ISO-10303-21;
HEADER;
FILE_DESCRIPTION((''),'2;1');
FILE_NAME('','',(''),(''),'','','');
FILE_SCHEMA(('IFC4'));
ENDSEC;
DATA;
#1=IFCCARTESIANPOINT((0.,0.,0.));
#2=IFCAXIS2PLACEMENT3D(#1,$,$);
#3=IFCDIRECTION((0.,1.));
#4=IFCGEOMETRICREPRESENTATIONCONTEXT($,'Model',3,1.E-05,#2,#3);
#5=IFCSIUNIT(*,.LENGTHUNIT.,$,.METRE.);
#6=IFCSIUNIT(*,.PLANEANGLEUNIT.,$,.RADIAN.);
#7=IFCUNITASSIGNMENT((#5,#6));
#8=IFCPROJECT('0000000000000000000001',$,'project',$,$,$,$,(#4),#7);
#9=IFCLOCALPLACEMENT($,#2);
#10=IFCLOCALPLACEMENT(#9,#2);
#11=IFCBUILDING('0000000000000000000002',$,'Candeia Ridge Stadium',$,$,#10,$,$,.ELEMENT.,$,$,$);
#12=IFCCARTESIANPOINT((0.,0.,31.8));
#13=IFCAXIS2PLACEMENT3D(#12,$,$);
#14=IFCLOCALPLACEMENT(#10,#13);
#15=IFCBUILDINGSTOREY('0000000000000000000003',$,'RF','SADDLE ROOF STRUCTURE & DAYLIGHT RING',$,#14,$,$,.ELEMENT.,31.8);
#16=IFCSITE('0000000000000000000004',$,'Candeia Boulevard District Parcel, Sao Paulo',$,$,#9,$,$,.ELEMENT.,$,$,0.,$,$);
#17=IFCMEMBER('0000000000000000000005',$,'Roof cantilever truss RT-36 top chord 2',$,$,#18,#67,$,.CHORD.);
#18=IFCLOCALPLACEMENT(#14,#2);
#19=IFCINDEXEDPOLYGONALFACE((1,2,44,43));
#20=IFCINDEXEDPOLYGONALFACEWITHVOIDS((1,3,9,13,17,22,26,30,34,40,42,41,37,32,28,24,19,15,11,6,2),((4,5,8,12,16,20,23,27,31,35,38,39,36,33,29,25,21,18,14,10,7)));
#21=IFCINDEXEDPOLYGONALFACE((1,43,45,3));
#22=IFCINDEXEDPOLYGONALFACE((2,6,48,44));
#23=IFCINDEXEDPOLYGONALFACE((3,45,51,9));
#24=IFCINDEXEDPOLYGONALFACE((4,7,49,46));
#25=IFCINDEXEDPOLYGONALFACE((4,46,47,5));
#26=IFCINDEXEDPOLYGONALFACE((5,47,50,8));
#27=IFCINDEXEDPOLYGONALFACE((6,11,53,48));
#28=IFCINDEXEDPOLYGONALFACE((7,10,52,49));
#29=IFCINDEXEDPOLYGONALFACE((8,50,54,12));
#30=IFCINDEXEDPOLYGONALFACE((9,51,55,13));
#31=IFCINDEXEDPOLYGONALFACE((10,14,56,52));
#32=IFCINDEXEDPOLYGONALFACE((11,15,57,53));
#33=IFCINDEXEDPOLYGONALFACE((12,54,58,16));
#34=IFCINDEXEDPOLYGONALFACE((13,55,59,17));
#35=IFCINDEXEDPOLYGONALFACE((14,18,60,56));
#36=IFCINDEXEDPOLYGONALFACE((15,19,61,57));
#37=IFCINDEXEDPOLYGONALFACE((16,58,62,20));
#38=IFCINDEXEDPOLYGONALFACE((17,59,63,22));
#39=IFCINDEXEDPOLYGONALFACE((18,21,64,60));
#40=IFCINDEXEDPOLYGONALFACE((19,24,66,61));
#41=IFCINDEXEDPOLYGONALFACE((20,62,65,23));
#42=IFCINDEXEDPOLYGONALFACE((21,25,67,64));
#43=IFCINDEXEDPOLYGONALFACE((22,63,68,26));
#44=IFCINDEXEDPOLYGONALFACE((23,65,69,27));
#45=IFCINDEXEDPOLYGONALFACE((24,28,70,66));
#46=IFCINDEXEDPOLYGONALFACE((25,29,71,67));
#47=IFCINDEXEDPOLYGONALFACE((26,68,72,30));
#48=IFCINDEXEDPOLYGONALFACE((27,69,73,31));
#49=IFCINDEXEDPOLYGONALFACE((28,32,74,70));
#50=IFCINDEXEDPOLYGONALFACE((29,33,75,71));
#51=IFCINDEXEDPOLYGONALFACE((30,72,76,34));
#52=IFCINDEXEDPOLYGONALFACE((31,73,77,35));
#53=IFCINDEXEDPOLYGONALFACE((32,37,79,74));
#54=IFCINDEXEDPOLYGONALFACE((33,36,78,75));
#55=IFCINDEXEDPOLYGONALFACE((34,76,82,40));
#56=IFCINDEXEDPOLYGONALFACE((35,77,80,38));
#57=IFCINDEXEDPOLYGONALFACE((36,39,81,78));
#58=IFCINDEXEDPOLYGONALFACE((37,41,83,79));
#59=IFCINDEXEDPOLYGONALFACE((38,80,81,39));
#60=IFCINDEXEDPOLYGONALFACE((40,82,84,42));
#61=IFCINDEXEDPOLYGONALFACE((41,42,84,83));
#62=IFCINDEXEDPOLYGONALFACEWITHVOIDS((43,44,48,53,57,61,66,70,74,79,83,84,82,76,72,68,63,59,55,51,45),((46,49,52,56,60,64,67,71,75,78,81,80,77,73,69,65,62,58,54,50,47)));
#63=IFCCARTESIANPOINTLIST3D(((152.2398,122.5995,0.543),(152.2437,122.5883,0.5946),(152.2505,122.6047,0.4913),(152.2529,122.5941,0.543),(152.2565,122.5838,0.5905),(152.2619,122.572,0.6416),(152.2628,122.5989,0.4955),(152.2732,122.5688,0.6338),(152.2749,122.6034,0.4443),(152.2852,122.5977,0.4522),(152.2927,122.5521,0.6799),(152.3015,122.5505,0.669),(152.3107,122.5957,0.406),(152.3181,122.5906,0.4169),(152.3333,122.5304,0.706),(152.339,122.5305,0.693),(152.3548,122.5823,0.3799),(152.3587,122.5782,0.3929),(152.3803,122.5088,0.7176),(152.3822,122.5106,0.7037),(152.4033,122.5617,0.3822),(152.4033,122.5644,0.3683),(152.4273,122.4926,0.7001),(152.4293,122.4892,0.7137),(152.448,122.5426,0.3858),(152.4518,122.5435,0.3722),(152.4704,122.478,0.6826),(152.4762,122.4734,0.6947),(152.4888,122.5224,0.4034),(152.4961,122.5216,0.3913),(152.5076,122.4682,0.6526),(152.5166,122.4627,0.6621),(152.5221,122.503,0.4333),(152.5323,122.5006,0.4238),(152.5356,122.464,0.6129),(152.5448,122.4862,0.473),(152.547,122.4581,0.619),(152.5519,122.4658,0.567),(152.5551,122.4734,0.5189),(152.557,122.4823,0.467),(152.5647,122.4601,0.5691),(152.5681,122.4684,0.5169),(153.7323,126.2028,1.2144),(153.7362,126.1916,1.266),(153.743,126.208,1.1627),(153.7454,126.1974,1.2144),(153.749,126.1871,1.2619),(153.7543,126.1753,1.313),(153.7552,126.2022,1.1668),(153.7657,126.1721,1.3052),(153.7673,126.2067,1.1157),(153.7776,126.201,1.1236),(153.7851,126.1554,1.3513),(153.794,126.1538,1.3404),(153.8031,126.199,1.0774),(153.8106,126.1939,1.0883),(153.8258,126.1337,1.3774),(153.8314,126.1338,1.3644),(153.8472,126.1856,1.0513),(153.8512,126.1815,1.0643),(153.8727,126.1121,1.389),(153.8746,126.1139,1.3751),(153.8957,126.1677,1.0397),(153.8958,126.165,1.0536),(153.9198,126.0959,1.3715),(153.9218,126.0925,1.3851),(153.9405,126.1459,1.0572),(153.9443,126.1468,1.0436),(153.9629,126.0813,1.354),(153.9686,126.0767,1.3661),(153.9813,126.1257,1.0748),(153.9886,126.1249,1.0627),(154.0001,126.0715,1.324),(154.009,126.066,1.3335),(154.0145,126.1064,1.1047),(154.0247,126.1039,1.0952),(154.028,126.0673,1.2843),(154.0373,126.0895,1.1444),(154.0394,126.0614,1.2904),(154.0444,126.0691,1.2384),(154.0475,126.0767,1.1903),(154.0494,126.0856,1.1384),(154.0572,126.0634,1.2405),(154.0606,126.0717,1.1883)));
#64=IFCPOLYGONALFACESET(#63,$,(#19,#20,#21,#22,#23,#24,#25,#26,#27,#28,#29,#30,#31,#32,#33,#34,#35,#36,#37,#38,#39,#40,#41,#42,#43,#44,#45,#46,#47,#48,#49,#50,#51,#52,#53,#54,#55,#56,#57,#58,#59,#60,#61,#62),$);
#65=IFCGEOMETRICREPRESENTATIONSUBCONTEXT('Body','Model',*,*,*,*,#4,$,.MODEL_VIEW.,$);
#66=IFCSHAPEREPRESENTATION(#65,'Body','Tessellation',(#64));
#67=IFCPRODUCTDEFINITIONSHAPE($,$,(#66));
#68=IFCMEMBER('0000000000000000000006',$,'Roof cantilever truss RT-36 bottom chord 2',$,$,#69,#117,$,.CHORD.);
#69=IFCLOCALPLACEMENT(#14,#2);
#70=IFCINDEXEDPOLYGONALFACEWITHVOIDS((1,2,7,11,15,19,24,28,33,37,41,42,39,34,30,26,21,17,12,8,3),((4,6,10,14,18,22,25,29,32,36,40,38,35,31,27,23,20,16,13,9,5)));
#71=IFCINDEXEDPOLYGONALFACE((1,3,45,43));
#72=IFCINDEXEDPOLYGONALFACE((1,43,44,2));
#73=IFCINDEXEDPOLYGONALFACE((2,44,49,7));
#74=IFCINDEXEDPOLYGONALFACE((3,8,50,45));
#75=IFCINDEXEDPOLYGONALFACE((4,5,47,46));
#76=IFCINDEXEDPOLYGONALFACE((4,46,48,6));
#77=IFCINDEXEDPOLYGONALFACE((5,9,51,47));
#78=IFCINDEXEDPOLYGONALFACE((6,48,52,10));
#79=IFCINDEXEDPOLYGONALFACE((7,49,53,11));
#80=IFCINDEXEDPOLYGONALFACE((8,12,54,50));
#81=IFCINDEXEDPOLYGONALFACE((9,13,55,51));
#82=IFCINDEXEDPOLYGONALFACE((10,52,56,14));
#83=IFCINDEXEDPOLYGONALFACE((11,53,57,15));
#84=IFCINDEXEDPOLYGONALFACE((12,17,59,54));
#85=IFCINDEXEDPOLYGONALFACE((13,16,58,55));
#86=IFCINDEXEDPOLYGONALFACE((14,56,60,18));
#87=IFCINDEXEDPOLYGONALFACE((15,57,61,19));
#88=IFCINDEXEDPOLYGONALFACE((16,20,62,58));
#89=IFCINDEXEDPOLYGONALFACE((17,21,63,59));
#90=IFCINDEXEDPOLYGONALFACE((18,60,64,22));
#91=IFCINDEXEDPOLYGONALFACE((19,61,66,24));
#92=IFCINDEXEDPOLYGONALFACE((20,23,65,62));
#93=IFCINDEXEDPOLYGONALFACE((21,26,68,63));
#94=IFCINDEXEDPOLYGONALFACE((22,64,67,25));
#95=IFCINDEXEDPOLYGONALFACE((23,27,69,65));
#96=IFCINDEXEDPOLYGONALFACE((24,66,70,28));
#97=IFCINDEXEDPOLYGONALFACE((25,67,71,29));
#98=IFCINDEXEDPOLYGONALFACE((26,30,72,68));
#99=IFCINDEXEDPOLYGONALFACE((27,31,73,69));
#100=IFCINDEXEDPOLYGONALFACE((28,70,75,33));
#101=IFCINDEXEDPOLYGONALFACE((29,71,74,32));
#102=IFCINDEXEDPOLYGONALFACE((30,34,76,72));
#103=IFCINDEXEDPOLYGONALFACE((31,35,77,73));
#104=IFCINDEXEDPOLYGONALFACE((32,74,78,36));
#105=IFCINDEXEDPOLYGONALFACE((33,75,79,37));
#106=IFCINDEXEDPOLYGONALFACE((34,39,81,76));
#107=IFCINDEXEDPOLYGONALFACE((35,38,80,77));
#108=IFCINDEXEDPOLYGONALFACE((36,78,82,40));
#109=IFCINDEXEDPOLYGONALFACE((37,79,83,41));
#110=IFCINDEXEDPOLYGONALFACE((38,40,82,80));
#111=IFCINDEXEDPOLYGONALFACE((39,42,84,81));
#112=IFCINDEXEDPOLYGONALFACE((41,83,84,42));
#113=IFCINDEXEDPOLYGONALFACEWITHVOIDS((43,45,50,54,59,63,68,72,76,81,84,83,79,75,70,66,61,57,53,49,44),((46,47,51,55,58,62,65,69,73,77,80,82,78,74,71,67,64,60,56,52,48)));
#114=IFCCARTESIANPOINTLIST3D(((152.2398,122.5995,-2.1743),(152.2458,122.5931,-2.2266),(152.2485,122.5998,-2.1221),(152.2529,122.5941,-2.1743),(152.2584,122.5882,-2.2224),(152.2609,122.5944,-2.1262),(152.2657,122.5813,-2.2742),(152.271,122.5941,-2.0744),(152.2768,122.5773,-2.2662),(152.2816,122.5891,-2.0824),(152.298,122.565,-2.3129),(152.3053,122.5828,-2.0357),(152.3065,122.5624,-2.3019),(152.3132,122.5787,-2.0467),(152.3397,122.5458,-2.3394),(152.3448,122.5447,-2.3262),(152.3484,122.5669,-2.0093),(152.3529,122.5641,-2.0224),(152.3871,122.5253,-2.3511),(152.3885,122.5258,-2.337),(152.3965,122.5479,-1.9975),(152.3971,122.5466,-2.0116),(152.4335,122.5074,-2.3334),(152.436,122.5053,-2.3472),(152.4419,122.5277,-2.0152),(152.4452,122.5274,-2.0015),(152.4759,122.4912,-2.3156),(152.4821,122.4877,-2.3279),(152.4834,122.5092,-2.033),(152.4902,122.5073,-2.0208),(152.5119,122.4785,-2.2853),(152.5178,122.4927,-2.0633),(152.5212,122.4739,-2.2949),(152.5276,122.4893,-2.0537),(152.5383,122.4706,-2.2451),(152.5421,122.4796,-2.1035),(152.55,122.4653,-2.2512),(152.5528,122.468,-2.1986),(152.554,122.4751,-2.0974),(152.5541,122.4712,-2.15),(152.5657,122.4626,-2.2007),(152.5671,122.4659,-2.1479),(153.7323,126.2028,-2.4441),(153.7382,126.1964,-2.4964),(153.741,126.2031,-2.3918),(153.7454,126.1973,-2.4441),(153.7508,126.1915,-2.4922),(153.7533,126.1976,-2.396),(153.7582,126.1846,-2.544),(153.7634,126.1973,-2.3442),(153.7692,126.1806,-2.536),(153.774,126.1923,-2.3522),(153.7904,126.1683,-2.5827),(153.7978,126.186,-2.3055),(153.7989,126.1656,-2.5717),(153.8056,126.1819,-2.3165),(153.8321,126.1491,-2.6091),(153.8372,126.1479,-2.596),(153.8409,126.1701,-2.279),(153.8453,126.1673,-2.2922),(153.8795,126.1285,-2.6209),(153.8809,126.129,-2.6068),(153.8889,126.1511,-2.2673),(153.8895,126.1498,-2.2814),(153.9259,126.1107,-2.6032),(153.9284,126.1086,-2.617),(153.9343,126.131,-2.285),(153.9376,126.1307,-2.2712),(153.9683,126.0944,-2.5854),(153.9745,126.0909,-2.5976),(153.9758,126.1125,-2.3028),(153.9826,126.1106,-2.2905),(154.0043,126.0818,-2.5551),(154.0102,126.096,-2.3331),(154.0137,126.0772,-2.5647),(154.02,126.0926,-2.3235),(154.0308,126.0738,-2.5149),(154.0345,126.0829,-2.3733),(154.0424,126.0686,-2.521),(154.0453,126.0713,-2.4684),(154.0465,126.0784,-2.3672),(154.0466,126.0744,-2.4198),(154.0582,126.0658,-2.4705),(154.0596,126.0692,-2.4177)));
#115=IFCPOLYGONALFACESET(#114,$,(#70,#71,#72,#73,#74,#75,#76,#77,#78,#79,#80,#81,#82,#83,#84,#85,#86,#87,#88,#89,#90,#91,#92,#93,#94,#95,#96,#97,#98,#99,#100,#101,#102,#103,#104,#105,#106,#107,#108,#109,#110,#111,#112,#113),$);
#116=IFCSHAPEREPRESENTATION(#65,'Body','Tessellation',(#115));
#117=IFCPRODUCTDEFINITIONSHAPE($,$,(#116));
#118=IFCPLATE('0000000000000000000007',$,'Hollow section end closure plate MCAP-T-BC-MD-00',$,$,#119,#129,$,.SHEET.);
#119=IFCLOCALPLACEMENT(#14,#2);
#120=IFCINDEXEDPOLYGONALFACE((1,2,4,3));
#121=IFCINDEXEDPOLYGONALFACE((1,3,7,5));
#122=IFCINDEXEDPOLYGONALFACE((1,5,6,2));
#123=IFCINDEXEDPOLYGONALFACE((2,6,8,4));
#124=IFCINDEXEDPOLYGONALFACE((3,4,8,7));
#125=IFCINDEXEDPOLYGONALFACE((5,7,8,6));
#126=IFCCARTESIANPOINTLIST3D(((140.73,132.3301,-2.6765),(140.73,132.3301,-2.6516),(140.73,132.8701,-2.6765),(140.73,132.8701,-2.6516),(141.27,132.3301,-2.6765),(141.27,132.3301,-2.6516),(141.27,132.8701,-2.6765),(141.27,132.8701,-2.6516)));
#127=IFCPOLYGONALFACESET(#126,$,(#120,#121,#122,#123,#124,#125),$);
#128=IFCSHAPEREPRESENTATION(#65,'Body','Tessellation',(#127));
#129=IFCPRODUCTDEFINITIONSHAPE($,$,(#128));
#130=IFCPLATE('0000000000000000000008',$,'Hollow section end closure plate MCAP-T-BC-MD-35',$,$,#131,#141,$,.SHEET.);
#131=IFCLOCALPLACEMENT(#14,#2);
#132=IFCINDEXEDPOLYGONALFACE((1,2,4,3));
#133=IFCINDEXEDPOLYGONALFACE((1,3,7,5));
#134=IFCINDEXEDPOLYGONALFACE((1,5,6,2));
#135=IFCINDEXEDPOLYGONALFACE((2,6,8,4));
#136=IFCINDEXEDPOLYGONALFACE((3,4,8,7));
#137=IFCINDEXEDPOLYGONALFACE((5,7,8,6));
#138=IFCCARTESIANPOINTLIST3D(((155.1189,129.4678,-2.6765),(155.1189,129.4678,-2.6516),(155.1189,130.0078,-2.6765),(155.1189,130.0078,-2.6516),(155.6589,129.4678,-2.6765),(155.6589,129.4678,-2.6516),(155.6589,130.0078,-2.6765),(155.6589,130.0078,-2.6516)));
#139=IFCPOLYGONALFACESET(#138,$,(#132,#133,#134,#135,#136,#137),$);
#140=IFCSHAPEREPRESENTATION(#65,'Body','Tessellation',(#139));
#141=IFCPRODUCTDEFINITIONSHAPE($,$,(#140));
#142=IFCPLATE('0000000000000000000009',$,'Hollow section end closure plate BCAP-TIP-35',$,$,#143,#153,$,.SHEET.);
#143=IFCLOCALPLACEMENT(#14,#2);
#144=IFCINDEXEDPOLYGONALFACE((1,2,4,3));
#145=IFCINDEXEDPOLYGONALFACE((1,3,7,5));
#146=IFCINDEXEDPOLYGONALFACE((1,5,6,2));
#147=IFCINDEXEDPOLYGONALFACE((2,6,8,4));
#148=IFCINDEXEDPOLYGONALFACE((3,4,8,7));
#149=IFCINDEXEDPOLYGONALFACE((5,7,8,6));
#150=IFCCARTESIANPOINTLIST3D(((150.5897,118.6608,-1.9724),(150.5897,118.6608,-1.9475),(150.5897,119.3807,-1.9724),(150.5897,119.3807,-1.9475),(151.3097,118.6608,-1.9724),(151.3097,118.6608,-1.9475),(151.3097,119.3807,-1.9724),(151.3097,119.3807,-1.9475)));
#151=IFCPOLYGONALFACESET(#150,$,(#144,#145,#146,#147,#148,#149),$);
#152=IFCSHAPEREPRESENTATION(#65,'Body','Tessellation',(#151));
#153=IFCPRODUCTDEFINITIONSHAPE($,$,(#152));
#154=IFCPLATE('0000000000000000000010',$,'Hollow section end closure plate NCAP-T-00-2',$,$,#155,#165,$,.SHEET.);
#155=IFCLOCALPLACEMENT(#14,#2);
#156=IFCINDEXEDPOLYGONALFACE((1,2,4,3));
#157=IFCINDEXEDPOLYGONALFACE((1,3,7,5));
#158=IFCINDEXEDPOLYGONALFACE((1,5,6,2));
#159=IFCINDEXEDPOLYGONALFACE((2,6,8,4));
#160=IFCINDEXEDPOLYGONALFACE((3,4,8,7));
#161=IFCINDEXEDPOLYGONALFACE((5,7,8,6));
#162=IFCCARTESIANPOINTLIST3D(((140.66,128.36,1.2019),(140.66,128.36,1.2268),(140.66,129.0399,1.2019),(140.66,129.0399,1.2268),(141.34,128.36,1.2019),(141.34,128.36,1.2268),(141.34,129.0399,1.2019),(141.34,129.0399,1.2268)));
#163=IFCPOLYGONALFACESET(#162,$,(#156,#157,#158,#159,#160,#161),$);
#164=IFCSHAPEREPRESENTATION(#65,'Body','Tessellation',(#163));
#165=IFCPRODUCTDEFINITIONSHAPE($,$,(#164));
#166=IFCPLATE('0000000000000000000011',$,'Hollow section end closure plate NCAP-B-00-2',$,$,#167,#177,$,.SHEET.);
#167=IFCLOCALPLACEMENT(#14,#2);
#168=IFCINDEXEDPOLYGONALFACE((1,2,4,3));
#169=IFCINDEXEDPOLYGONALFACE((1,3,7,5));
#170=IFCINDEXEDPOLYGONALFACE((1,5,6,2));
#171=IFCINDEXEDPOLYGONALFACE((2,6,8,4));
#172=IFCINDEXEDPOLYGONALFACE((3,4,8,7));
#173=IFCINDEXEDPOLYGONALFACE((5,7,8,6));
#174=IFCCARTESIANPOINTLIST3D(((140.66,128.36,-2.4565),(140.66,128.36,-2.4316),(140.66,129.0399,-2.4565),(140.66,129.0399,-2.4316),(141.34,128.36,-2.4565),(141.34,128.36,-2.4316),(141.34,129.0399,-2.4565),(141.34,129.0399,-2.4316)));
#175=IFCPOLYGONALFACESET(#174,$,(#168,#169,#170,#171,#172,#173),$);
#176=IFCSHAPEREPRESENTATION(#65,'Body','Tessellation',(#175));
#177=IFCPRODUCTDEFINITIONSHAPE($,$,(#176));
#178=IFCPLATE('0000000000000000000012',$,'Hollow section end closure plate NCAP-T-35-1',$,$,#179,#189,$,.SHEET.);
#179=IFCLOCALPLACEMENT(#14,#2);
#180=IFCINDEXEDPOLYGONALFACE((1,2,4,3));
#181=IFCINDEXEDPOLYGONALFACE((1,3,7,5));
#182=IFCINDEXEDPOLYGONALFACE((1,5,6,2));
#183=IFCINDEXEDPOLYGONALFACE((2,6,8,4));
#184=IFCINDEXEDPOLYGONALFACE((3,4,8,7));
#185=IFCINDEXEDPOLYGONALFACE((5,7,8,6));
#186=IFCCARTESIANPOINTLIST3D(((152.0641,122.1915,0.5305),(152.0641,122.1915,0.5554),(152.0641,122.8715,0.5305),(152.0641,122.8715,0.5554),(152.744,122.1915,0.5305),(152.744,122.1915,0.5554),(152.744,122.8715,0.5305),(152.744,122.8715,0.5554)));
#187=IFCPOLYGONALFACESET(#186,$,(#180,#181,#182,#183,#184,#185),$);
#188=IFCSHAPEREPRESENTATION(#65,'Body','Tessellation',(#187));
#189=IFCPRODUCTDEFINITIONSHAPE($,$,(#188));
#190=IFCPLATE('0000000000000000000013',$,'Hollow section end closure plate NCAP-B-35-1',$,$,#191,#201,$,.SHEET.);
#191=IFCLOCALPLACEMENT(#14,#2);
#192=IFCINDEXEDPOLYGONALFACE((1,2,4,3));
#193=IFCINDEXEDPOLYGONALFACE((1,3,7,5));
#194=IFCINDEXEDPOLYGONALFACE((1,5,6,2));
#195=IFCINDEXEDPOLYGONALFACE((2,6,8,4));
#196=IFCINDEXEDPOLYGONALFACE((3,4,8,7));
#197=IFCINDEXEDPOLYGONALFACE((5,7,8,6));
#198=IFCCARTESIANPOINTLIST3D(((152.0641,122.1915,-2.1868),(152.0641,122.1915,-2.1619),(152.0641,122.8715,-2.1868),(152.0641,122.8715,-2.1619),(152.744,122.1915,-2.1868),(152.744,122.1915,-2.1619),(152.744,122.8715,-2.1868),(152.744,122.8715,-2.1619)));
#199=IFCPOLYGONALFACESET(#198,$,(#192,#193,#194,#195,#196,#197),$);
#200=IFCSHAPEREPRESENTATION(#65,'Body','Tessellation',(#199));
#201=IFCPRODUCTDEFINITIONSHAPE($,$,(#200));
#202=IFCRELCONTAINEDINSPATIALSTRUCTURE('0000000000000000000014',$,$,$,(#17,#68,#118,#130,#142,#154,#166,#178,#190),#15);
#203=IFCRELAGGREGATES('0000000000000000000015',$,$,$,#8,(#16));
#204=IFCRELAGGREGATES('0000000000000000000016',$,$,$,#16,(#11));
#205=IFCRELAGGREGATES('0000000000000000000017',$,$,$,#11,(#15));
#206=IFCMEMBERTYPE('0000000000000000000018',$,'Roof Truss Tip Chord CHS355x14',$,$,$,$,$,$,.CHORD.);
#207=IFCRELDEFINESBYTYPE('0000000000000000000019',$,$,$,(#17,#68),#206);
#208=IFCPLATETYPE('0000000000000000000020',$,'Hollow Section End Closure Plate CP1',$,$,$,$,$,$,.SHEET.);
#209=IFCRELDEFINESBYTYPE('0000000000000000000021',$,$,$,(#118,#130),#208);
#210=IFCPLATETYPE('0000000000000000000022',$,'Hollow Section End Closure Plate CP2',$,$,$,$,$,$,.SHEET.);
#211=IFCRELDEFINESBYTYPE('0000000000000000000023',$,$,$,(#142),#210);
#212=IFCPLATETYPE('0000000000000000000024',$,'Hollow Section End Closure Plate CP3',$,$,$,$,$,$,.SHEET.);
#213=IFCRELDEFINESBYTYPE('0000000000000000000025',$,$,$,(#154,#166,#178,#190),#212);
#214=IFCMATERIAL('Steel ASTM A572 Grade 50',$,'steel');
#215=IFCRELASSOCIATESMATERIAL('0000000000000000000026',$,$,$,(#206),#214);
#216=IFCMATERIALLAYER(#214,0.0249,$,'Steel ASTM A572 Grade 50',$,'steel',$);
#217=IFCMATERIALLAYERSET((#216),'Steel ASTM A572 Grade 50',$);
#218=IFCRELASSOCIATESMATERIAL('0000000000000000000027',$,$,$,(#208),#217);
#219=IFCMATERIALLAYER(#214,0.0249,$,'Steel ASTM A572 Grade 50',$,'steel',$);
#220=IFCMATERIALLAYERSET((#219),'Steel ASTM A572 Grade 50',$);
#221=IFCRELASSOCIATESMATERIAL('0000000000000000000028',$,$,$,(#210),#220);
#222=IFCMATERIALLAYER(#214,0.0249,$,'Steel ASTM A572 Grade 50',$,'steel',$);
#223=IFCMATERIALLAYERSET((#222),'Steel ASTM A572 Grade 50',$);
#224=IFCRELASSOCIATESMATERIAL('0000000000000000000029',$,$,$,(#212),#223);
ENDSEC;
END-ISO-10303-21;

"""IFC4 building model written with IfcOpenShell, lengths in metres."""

from ifc_helpers import new_model, si_unit, direction, frame, origin, origin_2d, place, context, subcontext, project, spatial, rectangle, hollow_circle, extrude, material, layer, layer_set, material_profile, profile_set, type_object, element, save


model = new_model("IFC4")

# Units and contexts
model_context = context("Model", 3, precision=1e-05, world=origin(), true_north=direction((0.0, 1.0)))
body_context = subcontext(model_context, "Body", "Model", "MODEL_VIEW")
ifc_project = project(units=[si_unit("LENGTHUNIT", "METRE"), si_unit("PLANEANGLEUNIT", "RADIAN")], contexts=[model_context])

# Site, building, storey
site_placement = place(None, origin())
site = spatial("IfcSite", under=ifc_project, at=site_placement, Name="Candeia Boulevard District Parcel, Sao Paulo", CompositionType="ELEMENT", RefElevation=0.0)
building_placement = place(site_placement, origin())
building = spatial("IfcBuilding", under=site, at=building_placement, Name="Candeia Ridge Stadium", CompositionType="ELEMENT")
storey_placement = place(building_placement, frame((0.0, 0.0, 31.8)))
storey = spatial("IfcBuildingStorey", under=building, at=storey_placement, Name="RF", Description="SADDLE ROOF STRUCTURE & DAYLIGHT RING", CompositionType="ELEMENT", Elevation=31.8)

# Shared definitions
ifc_material_1 = material(Name="Steel ASTM A572 Grade 50", Category="steel")

# Members
ifc_material_profile_1 = material_profile(ifc_material_1, hollow_circle(Radius=0.1777, WallThickness=0.0142, at=origin_2d()), Name="CHS355x14", Category="steel")
ifc_profile_set_1 = profile_set([ifc_material_profile_1], Name="Steel ASTM A572 Grade 50")
member_type_1 = type_object("IfcMemberType", Name="Roof Truss Tip Chord CHS355x14", PredefinedType="CHORD", material=ifc_profile_set_1)
member_1_placement = place(storey_placement, frame((152.4041, 122.5315, 0.543), z_axis=(0.377116, 0.910496, 0.16965), x_axis=(-0.923888, 0.382663, 0.0)))
element("IfcMember", 1, at=member_1_placement, inside=storey, type_object=member_type_1, Name="Roof cantilever truss RT-36 top chord 2", PredefinedType="CHORD", context=body_context, shape_type="SweptSolid", body=[
    extrude(hollow_circle(Radius=0.1777, WallThickness=0.0142, at=origin_2d()), origin(), (0.0, 0.0, 1.0), 3.9575),
])
member_2_placement = place(storey_placement, frame((152.4041, 122.5315, -2.1743), z_axis=(0.381751, 0.921686, -0.069006), x_axis=(-0.923888, 0.382663, 0.0)))
element("IfcMember", 2, at=member_2_placement, inside=storey, type_object=member_type_1, Name="Roof cantilever truss RT-36 bottom chord 2", PredefinedType="CHORD", context=body_context, shape_type="SweptSolid", body=[
    extrude(hollow_circle(Radius=0.1777, WallThickness=0.0142, at=origin_2d()), origin(), (0.0, 0.0, 1.0), 3.9094),
])

# Plates
ifc_layer_1 = layer(ifc_material_1, 0.0249, Name="Steel ASTM A572 Grade 50", Category="steel")
ifc_layer_set_1 = layer_set([ifc_layer_1], Name="Steel ASTM A572 Grade 50")
plate_type_1 = type_object("IfcPlateType", Name="Hollow Section End Closure Plate CP1", PredefinedType="SHEET", material=ifc_layer_set_1)
for number, where, z_axis, x_axis, name in (
    (3, (141.0, 132.6001, -2.6765), (0.0, 0.0, 1.0), (1.0, 0.0, 0.0), "Hollow section end closure plate MCAP-T-BC-MD-00"),
    (4, (155.3889, 129.7378, -2.6765), (0.0, 0.0, 1.0), (1.0, 0.0, 0.0), "Hollow section end closure plate MCAP-T-BC-MD-35"),
):
    element("IfcPlate", number, at=place(storey_placement, frame(where, z_axis=z_axis, x_axis=x_axis)), inside=storey, type_object=plate_type_1, Name=name, PredefinedType="SHEET", context=body_context, shape_type="SweptSolid", body=[
        extrude(rectangle(XDim=0.54, YDim=0.54, at=origin_2d()), origin(), (0.0, 0.0, 1.0), 0.0249),
    ])
ifc_layer_2 = layer(ifc_material_1, 0.0249, Name="Steel ASTM A572 Grade 50", Category="steel")
ifc_layer_set_2 = layer_set([ifc_layer_2], Name="Steel ASTM A572 Grade 50")
plate_type_2 = type_object("IfcPlateType", Name="Hollow Section End Closure Plate CP2", PredefinedType="SHEET", material=ifc_layer_set_2)
plate_1_placement = place(storey_placement, frame((150.9497, 119.0208, -1.9724), z_axis=(0.0, 0.0, 1.0), x_axis=(1.0, 0.0, 0.0)))
element("IfcPlate", 5, at=plate_1_placement, inside=storey, type_object=plate_type_2, Name="Hollow section end closure plate BCAP-TIP-35", PredefinedType="SHEET", context=body_context, shape_type="SweptSolid", body=[
    extrude(rectangle(XDim=0.72, YDim=0.72, at=origin_2d()), origin(), (0.0, 0.0, 1.0), 0.0249),
])
ifc_layer_3 = layer(ifc_material_1, 0.0249, Name="Steel ASTM A572 Grade 50", Category="steel")
ifc_layer_set_3 = layer_set([ifc_layer_3], Name="Steel ASTM A572 Grade 50")
plate_type_3 = type_object("IfcPlateType", Name="Hollow Section End Closure Plate CP3", PredefinedType="SHEET", material=ifc_layer_set_3)
for number, where, z_axis, x_axis, name in (
    (6, (141.0, 128.7, 1.2019), (0.0, 0.0, 1.0), (1.0, 0.0, 0.0), "Hollow section end closure plate NCAP-T-00-2"),
    (7, (141.0, 128.7, -2.4565), (0.0, 0.0, 1.0), (1.0, 0.0, 0.0), "Hollow section end closure plate NCAP-B-00-2"),
    (8, (152.4041, 122.5315, 0.5305), (0.0, 0.0, 1.0), (1.0, 0.0, 0.0), "Hollow section end closure plate NCAP-T-35-1"),
    (9, (152.4041, 122.5315, -2.1868), (0.0, 0.0, 1.0), (1.0, 0.0, 0.0), "Hollow section end closure plate NCAP-B-35-1"),
):
    element("IfcPlate", number, at=place(storey_placement, frame(where, z_axis=z_axis, x_axis=x_axis)), inside=storey, type_object=plate_type_3, Name=name, PredefinedType="SHEET", context=body_context, shape_type="SweptSolid", body=[
        extrude(rectangle(XDim=0.6799, YDim=0.6799, at=origin_2d()), origin(), (0.0, 0.0, 1.0), 0.0249),
    ])

save(model, "model.ifc")
